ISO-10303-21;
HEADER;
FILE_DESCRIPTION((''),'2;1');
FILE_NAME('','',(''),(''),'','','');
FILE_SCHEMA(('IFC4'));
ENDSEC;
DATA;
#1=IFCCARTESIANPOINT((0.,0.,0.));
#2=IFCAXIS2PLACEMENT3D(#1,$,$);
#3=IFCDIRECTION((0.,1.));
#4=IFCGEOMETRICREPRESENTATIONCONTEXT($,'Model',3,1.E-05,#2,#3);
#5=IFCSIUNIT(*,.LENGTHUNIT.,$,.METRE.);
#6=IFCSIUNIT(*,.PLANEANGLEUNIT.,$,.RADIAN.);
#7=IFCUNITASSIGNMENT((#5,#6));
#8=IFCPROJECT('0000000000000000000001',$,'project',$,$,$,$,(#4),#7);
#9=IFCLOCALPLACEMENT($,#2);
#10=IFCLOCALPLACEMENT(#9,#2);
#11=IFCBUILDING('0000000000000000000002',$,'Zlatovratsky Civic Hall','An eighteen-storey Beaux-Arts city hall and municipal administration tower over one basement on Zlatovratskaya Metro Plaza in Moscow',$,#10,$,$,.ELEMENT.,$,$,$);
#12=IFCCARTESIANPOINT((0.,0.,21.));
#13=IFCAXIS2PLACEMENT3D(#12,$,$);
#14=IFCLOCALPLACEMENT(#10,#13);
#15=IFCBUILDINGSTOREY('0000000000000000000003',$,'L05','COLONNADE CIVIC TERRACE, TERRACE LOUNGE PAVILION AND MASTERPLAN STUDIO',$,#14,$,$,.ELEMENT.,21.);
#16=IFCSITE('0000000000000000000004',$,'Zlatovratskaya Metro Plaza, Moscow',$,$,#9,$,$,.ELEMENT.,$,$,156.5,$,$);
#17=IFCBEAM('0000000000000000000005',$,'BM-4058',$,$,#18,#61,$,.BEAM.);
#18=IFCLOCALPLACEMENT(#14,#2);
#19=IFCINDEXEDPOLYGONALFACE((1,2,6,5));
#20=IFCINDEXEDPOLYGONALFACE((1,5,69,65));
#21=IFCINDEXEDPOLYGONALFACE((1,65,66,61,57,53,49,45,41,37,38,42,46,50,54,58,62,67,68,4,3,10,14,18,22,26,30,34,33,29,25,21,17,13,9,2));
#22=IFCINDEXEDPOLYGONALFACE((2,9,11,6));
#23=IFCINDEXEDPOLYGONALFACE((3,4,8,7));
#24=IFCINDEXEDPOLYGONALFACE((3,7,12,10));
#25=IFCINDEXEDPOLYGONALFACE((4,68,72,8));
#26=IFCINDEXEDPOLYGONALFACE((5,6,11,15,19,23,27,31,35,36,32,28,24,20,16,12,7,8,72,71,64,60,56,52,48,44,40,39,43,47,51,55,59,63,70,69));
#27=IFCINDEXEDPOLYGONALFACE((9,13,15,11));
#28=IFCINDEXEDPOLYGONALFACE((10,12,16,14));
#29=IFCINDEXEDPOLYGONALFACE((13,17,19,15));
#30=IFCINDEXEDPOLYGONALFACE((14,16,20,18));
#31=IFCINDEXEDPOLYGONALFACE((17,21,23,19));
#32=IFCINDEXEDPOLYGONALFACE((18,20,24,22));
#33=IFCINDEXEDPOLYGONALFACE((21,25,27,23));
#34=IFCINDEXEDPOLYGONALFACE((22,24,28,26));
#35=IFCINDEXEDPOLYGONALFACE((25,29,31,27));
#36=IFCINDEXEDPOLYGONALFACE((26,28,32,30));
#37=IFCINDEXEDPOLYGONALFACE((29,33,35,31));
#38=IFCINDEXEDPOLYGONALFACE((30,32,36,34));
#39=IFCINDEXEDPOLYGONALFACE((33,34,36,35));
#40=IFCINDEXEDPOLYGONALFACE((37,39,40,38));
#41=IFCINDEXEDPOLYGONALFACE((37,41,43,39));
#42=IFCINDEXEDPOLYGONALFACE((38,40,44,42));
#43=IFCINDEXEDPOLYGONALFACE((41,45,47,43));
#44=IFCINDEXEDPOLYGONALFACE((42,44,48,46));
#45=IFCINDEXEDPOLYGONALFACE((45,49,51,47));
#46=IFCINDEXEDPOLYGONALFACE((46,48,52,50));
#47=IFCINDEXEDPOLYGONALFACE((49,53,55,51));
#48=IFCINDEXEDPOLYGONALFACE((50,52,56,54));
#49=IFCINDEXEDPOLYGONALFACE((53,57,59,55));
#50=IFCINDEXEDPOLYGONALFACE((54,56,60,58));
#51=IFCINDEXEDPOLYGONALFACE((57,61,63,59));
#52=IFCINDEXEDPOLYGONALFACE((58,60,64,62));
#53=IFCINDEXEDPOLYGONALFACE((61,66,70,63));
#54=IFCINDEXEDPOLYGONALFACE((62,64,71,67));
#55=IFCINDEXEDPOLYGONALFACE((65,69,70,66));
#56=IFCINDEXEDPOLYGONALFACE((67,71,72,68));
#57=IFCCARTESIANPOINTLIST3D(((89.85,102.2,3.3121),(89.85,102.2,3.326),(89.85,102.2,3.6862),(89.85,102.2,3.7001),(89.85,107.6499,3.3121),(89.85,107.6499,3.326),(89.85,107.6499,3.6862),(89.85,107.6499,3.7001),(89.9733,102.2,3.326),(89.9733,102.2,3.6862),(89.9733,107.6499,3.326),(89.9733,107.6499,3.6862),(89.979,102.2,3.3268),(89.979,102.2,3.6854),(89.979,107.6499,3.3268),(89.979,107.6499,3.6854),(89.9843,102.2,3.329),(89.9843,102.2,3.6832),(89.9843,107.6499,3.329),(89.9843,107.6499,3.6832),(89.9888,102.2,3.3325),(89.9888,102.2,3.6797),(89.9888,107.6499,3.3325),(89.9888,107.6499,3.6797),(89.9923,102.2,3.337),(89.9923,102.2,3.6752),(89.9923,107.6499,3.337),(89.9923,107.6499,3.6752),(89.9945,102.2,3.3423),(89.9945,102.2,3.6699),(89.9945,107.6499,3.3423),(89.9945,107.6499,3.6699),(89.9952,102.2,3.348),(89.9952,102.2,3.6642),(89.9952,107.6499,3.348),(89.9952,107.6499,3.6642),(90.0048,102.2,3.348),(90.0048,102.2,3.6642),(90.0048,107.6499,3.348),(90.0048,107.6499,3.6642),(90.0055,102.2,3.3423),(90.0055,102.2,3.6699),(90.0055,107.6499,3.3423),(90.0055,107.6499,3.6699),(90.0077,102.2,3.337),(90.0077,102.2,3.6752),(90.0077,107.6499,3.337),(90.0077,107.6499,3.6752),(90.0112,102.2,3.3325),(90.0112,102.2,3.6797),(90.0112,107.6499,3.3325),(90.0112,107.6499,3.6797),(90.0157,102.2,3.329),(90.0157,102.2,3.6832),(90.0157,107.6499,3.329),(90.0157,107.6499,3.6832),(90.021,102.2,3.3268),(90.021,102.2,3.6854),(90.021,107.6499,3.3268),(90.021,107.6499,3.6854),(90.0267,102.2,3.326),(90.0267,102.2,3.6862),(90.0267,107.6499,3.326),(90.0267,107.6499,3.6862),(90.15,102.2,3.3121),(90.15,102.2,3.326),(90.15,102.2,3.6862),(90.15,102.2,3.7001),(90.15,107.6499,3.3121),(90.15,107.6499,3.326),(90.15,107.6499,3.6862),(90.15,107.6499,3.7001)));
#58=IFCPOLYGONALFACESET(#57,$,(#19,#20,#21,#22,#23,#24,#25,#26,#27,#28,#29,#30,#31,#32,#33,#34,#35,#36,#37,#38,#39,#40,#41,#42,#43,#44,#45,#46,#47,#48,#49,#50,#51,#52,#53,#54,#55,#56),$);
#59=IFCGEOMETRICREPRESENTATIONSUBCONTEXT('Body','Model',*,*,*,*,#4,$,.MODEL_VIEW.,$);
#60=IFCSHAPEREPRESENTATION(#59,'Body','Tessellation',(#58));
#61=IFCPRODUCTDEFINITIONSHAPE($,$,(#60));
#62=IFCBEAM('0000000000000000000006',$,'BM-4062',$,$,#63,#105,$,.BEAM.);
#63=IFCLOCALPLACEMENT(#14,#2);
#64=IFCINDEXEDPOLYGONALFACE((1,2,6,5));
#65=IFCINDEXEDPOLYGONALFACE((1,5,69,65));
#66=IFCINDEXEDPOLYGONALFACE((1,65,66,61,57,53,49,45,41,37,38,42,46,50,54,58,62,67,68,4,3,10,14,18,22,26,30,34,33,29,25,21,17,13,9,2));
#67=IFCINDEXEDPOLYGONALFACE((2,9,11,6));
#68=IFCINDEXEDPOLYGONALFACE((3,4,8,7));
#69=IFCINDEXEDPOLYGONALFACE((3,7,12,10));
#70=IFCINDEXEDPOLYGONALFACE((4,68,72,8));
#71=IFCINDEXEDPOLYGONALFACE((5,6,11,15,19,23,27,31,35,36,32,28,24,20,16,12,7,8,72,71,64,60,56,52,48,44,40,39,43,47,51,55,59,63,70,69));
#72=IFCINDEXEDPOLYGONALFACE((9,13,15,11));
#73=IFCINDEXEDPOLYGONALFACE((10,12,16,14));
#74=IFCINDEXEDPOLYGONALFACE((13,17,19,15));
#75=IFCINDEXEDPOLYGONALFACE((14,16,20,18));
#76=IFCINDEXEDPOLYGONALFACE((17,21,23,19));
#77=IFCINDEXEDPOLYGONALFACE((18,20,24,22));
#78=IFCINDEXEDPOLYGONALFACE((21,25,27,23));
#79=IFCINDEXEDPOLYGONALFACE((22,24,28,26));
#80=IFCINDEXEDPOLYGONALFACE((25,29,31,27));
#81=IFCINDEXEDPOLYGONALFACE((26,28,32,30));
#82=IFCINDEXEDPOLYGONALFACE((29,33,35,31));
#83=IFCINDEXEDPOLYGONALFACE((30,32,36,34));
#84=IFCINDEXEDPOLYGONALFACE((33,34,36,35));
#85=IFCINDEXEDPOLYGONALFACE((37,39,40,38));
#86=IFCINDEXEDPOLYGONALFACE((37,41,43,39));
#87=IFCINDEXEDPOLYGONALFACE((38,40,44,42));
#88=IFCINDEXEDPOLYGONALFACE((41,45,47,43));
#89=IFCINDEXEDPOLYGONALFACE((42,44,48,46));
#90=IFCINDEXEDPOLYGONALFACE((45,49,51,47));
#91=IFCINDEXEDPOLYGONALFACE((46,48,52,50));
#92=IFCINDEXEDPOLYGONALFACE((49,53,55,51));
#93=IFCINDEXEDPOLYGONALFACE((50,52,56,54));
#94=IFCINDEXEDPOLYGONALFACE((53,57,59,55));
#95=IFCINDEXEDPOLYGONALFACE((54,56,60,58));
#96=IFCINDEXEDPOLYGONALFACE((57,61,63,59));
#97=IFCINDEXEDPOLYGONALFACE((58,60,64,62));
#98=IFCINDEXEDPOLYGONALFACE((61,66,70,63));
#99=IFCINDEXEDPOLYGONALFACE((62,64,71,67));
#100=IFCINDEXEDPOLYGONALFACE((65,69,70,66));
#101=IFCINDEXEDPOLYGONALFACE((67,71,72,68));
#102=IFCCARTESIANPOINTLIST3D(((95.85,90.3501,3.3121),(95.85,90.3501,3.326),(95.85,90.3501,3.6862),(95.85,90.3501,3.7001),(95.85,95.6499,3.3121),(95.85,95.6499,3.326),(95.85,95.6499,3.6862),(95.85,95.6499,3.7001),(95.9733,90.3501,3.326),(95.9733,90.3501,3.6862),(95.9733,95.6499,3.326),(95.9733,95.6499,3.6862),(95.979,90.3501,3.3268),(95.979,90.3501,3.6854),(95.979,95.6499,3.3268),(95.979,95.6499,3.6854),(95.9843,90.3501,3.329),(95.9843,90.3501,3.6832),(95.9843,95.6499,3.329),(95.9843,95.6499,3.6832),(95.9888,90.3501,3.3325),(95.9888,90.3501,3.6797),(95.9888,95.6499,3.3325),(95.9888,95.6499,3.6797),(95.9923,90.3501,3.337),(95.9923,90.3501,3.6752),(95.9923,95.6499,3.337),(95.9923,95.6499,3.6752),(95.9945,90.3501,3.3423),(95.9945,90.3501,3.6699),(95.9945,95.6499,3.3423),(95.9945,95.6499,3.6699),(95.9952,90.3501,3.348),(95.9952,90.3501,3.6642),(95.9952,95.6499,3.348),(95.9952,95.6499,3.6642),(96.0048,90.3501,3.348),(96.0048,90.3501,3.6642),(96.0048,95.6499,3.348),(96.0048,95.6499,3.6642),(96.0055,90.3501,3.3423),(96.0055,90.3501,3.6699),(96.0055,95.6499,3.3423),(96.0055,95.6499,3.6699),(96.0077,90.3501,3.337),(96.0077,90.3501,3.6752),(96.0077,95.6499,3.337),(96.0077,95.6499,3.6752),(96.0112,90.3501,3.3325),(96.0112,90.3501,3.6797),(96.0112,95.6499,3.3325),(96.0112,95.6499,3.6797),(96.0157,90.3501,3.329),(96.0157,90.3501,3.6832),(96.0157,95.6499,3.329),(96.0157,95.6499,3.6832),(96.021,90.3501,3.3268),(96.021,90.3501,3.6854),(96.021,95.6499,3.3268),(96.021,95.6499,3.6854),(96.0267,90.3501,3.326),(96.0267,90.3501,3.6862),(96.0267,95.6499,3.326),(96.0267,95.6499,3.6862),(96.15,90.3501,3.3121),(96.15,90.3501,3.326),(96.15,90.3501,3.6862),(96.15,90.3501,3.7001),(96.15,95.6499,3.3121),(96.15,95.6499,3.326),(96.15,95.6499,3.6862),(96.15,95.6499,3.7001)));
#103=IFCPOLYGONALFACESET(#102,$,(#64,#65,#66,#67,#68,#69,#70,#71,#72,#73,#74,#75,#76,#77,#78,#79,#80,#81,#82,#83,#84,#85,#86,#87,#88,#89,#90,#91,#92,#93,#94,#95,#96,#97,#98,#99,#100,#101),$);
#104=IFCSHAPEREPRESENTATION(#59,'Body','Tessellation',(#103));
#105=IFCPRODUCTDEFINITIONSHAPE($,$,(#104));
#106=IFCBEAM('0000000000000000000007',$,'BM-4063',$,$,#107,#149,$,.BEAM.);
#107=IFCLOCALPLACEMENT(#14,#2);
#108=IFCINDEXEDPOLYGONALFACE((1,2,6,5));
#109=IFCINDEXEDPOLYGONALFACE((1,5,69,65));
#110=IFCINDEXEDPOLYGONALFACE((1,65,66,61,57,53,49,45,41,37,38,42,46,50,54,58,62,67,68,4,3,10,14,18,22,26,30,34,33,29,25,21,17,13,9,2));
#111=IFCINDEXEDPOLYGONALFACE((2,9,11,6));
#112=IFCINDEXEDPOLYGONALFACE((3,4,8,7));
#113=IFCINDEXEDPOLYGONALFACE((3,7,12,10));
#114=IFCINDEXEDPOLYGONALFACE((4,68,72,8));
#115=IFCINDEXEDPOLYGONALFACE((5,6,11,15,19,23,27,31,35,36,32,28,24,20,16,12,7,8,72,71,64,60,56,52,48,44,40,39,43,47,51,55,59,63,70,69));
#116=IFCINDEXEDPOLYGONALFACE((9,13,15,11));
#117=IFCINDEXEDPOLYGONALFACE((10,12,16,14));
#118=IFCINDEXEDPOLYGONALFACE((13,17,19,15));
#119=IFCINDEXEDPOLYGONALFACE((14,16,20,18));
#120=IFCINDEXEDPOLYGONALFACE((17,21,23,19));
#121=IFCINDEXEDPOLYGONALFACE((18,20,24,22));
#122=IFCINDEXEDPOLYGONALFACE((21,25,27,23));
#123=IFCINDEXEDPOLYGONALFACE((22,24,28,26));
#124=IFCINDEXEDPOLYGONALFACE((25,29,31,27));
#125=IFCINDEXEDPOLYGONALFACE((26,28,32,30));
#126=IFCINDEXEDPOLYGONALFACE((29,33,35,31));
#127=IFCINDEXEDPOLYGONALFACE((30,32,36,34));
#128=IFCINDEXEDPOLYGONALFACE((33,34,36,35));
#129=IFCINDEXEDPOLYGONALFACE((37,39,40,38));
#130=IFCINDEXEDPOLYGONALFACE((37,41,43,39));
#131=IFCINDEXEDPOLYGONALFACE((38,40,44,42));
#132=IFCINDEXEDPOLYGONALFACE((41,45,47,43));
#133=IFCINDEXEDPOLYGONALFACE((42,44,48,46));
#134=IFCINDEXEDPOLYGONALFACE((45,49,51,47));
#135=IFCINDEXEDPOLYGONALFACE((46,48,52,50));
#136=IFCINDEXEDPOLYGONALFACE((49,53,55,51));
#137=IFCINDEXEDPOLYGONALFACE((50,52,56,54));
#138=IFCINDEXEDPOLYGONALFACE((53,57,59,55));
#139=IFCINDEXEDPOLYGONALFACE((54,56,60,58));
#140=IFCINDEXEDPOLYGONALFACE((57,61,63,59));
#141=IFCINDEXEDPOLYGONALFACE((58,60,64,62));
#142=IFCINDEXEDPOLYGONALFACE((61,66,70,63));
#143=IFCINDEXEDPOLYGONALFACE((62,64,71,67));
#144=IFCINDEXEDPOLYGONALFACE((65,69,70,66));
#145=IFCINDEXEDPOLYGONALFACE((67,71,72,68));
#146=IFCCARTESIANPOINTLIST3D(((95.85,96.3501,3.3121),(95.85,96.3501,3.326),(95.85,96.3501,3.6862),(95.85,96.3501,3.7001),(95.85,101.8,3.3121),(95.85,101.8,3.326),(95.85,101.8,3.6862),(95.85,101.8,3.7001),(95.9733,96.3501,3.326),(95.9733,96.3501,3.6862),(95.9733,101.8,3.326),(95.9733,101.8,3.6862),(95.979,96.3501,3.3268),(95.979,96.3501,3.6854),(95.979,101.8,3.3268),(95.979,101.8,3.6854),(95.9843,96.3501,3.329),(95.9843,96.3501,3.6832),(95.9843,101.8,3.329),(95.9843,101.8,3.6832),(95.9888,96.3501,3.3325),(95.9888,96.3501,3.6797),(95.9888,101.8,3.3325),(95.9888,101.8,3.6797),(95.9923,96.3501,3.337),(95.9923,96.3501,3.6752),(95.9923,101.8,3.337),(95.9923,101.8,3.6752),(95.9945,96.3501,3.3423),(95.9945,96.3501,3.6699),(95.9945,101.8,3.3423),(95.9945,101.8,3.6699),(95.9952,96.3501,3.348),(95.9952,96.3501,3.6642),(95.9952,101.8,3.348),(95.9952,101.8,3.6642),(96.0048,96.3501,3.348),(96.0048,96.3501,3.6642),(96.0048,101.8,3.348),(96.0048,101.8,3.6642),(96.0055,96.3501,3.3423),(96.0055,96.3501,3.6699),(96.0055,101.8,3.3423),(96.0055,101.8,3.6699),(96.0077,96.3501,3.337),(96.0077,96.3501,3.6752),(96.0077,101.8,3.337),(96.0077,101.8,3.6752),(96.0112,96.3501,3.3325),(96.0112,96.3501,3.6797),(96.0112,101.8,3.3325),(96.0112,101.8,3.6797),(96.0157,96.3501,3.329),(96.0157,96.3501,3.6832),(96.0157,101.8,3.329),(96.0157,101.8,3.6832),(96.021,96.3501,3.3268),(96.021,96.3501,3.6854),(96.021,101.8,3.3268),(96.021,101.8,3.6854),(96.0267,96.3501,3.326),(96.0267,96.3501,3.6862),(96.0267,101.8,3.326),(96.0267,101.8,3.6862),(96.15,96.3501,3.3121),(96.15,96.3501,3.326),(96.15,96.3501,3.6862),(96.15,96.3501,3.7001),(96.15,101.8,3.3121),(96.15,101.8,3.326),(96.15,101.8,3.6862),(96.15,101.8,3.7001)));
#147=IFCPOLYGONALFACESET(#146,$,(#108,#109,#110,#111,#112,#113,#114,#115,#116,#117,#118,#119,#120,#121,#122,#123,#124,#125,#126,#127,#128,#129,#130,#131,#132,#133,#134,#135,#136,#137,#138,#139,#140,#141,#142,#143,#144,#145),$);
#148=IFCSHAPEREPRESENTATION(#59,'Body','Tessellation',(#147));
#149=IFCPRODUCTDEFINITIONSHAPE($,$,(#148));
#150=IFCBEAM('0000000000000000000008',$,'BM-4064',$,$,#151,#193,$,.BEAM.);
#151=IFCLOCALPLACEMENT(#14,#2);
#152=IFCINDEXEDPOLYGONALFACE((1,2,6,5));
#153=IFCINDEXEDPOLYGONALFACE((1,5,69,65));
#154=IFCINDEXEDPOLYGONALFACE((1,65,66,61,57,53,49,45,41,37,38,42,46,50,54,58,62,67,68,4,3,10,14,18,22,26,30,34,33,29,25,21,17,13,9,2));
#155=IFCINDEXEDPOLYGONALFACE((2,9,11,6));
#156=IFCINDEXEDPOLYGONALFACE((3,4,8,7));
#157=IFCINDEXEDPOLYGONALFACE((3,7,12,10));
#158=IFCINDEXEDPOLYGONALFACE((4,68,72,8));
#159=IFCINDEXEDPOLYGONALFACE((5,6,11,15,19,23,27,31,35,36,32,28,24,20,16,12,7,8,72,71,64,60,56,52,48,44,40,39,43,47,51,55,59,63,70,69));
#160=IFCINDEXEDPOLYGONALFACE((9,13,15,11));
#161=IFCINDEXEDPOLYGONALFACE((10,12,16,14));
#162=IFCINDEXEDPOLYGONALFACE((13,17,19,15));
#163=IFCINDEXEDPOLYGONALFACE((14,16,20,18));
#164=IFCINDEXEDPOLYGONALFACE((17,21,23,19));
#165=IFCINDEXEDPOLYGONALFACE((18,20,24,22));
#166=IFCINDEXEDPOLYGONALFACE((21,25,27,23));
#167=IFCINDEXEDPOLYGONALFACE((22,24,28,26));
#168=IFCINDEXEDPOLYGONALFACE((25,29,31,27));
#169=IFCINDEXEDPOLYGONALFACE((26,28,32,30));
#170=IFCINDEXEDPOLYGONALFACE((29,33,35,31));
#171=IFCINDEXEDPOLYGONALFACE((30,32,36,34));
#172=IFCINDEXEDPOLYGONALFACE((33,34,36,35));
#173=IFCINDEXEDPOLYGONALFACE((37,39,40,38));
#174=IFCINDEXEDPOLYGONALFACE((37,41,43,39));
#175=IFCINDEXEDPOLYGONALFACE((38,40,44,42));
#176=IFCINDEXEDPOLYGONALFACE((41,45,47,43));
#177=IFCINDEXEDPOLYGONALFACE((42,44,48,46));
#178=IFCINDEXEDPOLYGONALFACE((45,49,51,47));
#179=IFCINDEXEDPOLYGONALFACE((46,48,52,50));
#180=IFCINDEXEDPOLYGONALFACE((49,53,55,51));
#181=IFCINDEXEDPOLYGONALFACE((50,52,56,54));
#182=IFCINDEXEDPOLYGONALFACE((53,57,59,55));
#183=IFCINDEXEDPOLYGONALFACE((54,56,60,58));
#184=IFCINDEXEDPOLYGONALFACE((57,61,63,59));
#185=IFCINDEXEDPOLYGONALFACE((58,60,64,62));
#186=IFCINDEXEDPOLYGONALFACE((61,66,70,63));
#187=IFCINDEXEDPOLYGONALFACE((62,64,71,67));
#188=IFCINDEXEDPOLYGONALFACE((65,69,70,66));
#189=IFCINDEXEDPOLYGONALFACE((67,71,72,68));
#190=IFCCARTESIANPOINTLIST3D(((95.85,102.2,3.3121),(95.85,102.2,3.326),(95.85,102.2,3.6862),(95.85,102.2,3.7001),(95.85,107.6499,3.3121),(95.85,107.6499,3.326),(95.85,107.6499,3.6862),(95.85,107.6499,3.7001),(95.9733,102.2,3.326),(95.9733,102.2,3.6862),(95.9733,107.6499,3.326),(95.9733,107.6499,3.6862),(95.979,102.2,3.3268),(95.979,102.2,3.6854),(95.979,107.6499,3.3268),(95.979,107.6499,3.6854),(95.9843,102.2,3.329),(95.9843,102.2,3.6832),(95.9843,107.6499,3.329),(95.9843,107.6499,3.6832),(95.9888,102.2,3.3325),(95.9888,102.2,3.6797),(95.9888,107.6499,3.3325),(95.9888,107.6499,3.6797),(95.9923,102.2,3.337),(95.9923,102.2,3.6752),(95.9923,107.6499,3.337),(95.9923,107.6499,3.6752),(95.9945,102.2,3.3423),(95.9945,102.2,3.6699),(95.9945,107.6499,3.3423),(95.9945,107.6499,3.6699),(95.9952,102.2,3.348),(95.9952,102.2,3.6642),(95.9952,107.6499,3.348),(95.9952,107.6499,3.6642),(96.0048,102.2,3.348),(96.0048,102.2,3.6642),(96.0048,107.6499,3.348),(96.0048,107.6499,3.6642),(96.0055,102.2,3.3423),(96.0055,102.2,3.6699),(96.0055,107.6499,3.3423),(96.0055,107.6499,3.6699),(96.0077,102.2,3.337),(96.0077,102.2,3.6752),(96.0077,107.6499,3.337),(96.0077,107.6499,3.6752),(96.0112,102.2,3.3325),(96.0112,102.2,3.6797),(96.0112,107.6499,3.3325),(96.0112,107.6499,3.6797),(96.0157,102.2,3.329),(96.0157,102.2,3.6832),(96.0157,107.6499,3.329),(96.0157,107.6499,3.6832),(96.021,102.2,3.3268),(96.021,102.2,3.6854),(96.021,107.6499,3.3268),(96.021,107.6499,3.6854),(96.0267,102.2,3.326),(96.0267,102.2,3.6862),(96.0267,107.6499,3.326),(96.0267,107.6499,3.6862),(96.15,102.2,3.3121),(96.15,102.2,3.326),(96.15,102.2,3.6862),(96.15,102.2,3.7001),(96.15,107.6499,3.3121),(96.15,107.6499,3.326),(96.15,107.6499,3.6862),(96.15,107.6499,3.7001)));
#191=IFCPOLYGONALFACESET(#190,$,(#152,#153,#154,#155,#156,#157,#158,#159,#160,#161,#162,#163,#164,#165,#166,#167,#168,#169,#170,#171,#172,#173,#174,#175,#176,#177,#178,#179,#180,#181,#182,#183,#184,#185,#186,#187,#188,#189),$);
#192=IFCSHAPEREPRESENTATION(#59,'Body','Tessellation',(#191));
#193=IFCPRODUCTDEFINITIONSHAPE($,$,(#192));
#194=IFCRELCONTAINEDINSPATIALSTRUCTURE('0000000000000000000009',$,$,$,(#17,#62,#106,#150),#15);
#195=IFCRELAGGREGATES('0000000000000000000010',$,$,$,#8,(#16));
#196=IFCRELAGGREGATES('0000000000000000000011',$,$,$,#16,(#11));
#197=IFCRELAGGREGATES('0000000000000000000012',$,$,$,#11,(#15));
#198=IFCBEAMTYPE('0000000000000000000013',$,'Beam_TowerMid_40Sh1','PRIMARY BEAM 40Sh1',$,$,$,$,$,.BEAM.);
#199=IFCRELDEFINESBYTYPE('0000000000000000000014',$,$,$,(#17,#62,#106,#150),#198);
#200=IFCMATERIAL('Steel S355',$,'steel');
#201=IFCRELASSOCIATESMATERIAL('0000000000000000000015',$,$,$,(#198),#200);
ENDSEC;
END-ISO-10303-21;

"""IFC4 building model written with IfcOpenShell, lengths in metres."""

from ifc_helpers import new_model, si_unit, direction, frame, origin, origin_2d, place, context, subcontext, project, spatial, i_section, extrude, material, material_profile, profile_set, type_object, element, save


model = new_model("IFC4")

# Units and contexts
model_context = context("Model", 3, precision=1e-05, world=origin(), true_north=direction((0.0, 1.0)))
body_context = subcontext(model_context, "Body", "Model", "MODEL_VIEW")
ifc_project = project(units=[si_unit("LENGTHUNIT", "METRE"), si_unit("PLANEANGLEUNIT", "RADIAN")], contexts=[model_context])

# Site, building, storey
site_placement = place(None, origin())
site = spatial("IfcSite", under=ifc_project, at=site_placement, Name="Zlatovratskaya Metro Plaza, Moscow", CompositionType="ELEMENT", RefElevation=156.5)
building_placement = place(site_placement, origin())
building = spatial("IfcBuilding", under=site, at=building_placement, Name="Zlatovratsky Civic Hall", Description="An eighteen-storey Beaux-Arts city hall and municipal administration tower over one basement on Zlatovratskaya Metro Plaza in Moscow", CompositionType="ELEMENT")
storey_placement = place(building_placement, frame((0.0, 0.0, 21.0)))
storey = spatial("IfcBuildingStorey", under=building, at=storey_placement, Name="L05", Description="COLONNADE CIVIC TERRACE, TERRACE LOUNGE PAVILION AND MASTERPLAN STUDIO", CompositionType="ELEMENT", Elevation=21.0)

# Shared definitions
ifc_material_1 = material(Name="Steel S355", Category="steel")

# Beams
ifc_material_profile_1 = material_profile(ifc_material_1, i_section(OverallWidth=0.3, OverallDepth=0.3879, WebThickness=0.0095, FlangeThickness=0.0139, FilletRadius=0.022, at=origin_2d()), Name="40Sh1")
ifc_profile_set_1 = profile_set([ifc_material_profile_1], Name="Steel S355")
beam_type_1 = type_object("IfcBeamType", Name="Beam_TowerMid_40Sh1", Description="PRIMARY BEAM 40Sh1", PredefinedType="BEAM", material=ifc_profile_set_1)
beam_1_placement = place(storey_placement, frame((90.0, 102.2, 3.5061), z_axis=(0.0, 1.0, 0.0), x_axis=(-1.0, 0.0, 0.0)))
element("IfcBeam", 1, at=beam_1_placement, inside=storey, type_object=beam_type_1, Name="BM-4058", PredefinedType="BEAM", context=body_context, shape_type="SweptSolid", body=[
    extrude(i_section(OverallWidth=0.3, OverallDepth=0.3879, WebThickness=0.0095, FlangeThickness=0.0139, FilletRadius=0.022, at=origin_2d()), origin(), (0.0, 0.0, 1.0), 5.45),
])
beam_2_placement = place(storey_placement, frame((96.0, 90.3501, 3.5061), z_axis=(0.0, 1.0, 0.0), x_axis=(-1.0, 0.0, 0.0)))
element("IfcBeam", 2, at=beam_2_placement, inside=storey, type_object=beam_type_1, Name="BM-4062", PredefinedType="BEAM", context=body_context, shape_type="SweptSolid", body=[
    extrude(i_section(OverallWidth=0.3, OverallDepth=0.3879, WebThickness=0.0095, FlangeThickness=0.0139, FilletRadius=0.022, at=origin_2d()), origin(), (0.0, 0.0, 1.0), 5.2998),
])
for number, where, z_axis, x_axis, name in (
    (3, (96.0, 96.3501, 3.5061), (0.0, 1.0, 0.0), (-1.0, 0.0, 0.0), "BM-4063"),
    (4, (96.0, 102.2, 3.5061), (0.0, 1.0, 0.0), (-1.0, 0.0, 0.0), "BM-4064"),
):
    element("IfcBeam", number, at=place(storey_placement, frame(where, z_axis=z_axis, x_axis=x_axis)), inside=storey, type_object=beam_type_1, Name=name, PredefinedType="BEAM", context=body_context, shape_type="SweptSolid", body=[
        extrude(i_section(OverallWidth=0.3, OverallDepth=0.3879, WebThickness=0.0095, FlangeThickness=0.0139, FilletRadius=0.022, at=origin_2d()), origin(), (0.0, 0.0, 1.0), 5.45),
    ])

save(model, "model.ifc")
